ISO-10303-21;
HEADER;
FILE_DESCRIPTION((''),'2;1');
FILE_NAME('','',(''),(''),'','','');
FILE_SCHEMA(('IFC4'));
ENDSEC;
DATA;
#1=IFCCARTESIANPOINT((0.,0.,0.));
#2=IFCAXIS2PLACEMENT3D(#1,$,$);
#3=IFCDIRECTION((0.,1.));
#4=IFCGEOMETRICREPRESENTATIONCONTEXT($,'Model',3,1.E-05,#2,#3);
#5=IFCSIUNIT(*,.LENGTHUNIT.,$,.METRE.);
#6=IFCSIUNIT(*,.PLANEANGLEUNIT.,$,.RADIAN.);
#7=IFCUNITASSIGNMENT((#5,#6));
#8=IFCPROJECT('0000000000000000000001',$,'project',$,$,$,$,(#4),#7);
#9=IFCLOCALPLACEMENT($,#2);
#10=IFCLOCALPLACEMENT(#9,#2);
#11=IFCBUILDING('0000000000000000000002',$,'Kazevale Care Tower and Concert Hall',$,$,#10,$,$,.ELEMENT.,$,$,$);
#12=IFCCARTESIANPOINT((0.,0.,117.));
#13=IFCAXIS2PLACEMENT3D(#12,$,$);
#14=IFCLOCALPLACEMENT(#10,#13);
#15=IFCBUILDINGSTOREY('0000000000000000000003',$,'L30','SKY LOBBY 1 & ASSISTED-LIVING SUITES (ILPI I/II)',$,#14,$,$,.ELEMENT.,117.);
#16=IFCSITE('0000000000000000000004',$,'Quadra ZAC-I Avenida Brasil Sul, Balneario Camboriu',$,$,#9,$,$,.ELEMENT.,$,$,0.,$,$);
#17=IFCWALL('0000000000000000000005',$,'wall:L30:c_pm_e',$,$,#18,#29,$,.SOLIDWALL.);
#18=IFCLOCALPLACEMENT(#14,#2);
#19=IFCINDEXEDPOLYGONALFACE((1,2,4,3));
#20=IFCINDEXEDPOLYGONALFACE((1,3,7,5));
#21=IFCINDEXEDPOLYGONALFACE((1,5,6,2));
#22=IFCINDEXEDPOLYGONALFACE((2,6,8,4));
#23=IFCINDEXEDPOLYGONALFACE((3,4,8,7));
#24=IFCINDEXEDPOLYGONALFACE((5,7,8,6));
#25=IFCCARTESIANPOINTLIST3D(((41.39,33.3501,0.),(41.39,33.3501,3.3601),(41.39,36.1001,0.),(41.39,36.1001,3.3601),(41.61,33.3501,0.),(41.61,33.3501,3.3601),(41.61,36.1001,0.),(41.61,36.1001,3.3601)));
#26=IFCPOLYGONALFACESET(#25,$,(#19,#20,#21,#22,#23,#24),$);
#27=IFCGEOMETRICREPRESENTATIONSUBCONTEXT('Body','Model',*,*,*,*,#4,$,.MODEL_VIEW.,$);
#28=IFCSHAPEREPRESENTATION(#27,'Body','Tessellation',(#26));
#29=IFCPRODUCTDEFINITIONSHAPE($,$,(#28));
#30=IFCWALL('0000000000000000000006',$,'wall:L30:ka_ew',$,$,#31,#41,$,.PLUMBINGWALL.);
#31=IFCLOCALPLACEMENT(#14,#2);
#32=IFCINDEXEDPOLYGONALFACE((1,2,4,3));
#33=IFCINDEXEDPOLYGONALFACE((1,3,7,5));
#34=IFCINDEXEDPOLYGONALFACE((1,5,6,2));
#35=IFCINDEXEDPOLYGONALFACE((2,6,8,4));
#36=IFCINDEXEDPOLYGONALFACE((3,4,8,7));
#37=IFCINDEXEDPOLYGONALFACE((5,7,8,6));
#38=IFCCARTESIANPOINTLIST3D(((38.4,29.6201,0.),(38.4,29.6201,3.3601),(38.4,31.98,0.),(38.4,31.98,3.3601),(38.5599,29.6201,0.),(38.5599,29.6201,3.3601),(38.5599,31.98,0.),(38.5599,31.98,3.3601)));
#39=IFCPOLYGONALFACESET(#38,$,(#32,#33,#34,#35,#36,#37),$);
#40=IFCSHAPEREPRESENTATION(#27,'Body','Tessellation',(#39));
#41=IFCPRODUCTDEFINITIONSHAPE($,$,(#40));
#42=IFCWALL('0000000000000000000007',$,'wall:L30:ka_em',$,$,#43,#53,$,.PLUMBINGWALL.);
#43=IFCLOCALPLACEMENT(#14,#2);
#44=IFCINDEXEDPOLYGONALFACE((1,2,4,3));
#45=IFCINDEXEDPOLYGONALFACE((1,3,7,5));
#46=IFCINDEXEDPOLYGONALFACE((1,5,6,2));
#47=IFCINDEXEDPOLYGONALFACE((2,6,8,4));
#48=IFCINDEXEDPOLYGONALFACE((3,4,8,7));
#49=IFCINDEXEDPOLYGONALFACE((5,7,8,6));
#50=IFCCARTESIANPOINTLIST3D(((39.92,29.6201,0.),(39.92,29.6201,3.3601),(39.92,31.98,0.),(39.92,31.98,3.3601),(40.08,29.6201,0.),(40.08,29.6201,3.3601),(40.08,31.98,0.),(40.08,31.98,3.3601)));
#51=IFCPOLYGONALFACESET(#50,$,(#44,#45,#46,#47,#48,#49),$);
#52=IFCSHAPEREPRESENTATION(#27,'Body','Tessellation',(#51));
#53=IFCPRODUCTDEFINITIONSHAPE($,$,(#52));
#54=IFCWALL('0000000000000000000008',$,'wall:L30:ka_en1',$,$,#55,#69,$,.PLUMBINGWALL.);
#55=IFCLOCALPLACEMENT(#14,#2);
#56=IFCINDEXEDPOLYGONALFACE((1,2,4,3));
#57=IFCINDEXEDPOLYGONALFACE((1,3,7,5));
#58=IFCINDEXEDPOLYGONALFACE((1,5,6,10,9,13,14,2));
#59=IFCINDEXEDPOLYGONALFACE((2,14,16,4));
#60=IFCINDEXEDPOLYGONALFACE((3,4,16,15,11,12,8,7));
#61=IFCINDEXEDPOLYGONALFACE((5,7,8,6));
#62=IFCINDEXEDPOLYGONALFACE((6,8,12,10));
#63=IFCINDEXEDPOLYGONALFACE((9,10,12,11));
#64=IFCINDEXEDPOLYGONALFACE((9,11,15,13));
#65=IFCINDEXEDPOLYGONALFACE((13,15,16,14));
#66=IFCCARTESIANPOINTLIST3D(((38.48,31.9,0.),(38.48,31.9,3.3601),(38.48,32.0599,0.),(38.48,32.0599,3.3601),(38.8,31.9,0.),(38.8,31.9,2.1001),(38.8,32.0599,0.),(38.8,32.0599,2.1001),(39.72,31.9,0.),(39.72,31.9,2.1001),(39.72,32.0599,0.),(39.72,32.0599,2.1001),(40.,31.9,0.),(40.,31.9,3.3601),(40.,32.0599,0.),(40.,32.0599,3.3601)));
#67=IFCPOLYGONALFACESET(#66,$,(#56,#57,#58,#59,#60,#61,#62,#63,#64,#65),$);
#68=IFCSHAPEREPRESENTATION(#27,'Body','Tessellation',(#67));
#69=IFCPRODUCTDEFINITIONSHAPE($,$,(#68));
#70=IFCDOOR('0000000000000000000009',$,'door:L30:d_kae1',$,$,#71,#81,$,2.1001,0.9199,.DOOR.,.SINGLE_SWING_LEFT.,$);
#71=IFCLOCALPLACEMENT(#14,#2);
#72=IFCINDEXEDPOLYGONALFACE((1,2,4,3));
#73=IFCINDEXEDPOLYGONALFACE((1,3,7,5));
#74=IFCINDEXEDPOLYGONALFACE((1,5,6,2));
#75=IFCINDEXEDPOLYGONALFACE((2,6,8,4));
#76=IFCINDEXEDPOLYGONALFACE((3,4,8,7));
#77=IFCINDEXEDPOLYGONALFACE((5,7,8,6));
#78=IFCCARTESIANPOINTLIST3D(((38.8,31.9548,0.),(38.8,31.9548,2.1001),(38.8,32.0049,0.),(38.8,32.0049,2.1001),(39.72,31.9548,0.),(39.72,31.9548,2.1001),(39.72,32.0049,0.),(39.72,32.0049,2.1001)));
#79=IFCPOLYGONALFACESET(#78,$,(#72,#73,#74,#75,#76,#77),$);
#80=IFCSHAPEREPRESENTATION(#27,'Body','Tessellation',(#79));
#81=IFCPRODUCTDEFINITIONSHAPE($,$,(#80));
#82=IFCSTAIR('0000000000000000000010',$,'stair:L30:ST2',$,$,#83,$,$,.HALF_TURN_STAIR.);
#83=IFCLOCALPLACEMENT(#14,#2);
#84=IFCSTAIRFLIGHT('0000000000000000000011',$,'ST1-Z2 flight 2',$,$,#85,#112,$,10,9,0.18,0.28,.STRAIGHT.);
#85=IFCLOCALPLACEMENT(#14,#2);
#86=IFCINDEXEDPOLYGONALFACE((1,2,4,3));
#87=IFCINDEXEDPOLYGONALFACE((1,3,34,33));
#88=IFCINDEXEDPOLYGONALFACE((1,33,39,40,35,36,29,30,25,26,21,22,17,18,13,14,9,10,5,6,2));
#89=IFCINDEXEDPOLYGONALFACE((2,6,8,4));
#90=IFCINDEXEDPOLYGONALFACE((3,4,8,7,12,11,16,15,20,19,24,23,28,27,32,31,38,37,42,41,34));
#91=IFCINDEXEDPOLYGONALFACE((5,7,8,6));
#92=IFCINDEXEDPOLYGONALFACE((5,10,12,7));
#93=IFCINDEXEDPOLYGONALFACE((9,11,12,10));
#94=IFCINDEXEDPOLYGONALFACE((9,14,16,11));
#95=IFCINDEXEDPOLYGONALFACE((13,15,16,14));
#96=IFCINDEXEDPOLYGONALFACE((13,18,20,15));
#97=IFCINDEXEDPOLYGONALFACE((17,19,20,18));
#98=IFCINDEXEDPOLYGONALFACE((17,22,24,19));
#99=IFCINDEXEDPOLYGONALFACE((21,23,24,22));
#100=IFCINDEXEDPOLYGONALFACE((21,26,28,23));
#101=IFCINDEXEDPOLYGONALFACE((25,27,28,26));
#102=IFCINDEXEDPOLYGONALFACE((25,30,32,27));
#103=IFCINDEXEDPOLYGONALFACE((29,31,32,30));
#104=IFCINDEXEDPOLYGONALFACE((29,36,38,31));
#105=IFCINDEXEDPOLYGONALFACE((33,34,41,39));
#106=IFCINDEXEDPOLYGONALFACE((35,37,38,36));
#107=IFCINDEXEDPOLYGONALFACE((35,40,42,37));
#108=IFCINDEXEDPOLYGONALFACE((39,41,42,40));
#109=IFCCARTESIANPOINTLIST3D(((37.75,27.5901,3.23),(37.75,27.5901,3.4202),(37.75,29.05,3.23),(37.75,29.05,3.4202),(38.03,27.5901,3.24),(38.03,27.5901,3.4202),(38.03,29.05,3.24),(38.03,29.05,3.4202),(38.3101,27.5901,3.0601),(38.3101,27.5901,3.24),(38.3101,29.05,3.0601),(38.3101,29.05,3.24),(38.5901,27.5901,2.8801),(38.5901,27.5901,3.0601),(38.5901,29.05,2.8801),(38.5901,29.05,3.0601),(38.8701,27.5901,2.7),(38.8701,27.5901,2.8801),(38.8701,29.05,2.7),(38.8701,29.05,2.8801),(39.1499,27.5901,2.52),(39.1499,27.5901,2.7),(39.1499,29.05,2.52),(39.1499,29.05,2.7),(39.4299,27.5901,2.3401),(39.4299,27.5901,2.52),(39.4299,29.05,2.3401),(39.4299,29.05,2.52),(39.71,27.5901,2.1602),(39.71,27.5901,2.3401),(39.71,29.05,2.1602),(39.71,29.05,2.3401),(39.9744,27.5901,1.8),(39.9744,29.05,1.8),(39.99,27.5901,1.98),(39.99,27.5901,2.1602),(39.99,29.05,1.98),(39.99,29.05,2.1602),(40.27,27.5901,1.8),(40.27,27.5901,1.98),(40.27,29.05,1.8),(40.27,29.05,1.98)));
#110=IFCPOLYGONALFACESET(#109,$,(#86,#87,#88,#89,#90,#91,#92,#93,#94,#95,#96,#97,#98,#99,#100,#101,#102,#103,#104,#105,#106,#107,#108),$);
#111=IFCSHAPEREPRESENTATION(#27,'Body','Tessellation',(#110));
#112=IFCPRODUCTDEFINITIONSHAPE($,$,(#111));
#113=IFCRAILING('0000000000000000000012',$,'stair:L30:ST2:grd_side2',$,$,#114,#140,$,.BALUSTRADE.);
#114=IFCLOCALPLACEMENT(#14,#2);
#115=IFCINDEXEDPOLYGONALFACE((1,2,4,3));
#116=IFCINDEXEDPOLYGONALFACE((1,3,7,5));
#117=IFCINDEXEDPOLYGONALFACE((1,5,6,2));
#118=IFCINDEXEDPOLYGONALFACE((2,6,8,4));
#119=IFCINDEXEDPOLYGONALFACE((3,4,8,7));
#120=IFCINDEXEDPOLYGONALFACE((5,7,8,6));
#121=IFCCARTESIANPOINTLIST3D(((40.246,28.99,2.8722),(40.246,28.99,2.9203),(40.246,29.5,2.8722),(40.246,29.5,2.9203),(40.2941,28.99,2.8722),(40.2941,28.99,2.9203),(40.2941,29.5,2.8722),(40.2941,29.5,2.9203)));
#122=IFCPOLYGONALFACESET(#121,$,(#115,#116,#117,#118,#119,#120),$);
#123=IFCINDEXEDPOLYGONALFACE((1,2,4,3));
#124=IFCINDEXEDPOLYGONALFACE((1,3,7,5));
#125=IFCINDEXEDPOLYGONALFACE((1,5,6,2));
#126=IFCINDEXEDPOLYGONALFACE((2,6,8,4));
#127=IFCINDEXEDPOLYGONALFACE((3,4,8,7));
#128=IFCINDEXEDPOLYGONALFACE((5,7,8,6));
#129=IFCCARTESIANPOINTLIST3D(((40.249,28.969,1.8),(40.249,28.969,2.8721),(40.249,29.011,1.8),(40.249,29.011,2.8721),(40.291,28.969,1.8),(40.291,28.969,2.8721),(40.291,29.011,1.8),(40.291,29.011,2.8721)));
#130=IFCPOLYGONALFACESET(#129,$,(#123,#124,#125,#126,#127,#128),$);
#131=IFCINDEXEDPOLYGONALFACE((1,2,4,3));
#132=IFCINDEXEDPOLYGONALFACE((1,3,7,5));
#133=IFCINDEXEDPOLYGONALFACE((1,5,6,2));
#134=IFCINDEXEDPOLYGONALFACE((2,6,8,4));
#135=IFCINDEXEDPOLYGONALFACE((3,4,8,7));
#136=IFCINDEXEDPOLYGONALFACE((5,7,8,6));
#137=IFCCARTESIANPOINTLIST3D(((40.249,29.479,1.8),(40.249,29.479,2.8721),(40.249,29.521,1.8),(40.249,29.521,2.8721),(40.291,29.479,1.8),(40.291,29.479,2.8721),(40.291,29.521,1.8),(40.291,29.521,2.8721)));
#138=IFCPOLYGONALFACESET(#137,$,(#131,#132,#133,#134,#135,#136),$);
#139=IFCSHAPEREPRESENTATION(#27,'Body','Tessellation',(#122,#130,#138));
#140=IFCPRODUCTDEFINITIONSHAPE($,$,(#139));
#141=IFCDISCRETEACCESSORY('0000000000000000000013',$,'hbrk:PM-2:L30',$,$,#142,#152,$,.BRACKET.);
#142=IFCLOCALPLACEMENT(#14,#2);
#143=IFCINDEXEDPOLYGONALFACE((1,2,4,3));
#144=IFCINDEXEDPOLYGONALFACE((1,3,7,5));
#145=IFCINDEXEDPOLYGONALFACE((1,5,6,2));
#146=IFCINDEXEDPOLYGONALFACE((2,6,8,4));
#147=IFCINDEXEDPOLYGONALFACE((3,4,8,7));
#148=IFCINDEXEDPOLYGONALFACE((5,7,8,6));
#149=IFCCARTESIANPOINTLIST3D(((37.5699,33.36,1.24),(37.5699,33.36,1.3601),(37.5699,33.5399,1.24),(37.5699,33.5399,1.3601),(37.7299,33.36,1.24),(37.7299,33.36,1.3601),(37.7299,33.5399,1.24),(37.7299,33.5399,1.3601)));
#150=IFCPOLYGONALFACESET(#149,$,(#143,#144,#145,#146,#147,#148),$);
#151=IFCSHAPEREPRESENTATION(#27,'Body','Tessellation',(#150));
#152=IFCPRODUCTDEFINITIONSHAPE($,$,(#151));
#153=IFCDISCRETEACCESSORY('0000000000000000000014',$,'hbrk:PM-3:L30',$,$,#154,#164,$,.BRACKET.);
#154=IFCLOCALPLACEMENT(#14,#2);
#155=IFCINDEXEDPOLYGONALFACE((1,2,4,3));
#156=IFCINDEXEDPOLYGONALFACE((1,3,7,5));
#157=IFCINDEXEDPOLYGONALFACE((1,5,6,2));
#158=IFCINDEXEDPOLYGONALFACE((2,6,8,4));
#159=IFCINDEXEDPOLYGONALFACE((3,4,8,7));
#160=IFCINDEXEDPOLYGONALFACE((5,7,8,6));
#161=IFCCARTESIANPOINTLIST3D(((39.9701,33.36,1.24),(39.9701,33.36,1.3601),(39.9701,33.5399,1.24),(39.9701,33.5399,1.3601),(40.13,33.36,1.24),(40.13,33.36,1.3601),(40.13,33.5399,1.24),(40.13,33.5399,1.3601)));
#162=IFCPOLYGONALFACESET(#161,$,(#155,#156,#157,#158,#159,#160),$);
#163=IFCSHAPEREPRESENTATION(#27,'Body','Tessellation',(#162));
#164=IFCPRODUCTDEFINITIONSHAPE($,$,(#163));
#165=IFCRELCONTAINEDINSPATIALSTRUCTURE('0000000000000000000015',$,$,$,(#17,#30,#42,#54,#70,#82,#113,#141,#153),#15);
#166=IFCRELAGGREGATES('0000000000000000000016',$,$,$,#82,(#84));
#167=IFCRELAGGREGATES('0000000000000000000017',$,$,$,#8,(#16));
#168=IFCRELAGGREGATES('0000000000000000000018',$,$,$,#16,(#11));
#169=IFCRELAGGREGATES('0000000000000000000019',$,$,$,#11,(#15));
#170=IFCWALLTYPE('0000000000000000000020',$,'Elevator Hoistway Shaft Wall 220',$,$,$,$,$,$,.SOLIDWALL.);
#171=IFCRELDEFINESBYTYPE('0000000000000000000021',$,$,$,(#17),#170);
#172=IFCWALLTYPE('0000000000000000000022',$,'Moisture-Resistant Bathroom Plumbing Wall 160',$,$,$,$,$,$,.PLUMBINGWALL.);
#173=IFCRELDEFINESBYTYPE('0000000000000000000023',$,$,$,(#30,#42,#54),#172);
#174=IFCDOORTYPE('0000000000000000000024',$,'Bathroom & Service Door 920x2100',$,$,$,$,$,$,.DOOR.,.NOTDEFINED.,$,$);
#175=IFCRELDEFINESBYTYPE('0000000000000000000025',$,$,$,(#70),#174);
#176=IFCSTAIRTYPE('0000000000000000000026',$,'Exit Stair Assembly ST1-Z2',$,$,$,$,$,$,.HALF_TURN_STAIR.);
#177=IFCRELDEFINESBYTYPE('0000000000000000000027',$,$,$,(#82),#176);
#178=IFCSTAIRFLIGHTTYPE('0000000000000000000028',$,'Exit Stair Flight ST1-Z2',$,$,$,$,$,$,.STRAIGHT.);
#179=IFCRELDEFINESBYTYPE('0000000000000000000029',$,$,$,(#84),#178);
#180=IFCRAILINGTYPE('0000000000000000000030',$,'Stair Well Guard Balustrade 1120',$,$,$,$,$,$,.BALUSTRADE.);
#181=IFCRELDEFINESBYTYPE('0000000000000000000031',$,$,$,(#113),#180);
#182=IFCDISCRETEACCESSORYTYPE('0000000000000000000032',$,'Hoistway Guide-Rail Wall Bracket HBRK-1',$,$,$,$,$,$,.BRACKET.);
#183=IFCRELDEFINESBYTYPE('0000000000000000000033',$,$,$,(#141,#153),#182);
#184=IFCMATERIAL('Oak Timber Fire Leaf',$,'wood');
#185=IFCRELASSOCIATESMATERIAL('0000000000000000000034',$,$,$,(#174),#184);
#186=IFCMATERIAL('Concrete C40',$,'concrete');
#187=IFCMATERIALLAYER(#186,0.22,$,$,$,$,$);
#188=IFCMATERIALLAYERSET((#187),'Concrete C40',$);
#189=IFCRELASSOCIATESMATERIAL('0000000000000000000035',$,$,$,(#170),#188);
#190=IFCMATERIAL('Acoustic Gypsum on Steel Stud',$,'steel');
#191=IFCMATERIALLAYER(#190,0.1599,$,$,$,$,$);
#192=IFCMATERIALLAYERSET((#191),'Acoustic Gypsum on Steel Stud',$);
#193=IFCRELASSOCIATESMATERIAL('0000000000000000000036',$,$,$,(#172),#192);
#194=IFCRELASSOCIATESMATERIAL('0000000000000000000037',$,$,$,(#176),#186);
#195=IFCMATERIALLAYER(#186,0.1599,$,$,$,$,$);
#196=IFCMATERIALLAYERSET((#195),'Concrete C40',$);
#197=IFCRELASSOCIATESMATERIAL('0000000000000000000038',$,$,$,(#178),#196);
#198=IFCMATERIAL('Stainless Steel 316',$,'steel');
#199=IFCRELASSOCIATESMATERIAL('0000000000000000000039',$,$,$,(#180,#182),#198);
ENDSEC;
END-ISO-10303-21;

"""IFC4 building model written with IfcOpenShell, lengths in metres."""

from ifc_helpers import new_model, si_unit, direction, frame, frame_2d, origin, origin_2d, place, context, subcontext, project, spatial, polyline, rectangle, outline, extrude, material, layer, layer_set, type_object, element, fill, aggregate, save


model = new_model("IFC4")

# Units and contexts
model_context = context("Model", 3, precision=1e-05, world=origin(), true_north=direction((0.0, 1.0)))
body_context = subcontext(model_context, "Body", "Model", "MODEL_VIEW")
ifc_project = project(units=[si_unit("LENGTHUNIT", "METRE"), si_unit("PLANEANGLEUNIT", "RADIAN")], contexts=[model_context])

# Site, building, storey
site_placement = place(None, origin())
site = spatial("IfcSite", under=ifc_project, at=site_placement, Name="Quadra ZAC-I Avenida Brasil Sul, Balneario Camboriu", CompositionType="ELEMENT", RefElevation=0.0)
building_placement = place(site_placement, origin())
building = spatial("IfcBuilding", under=site, at=building_placement, Name="Kazevale Care Tower and Concert Hall", CompositionType="ELEMENT")
storey_placement = place(building_placement, frame((0.0, 0.0, 117.0)))
storey = spatial("IfcBuildingStorey", under=building, at=storey_placement, Name="L30", Description="SKY LOBBY 1 & ASSISTED-LIVING SUITES (ILPI I/II)", CompositionType="ELEMENT", Elevation=117.0)

# Shared definitions
ifc_material_1 = material(Name="Acoustic Gypsum on Steel Stud", Category="steel")

# Shared definitions
ifc_material_2 = material(Name="Oak Timber Fire Leaf", Category="wood")
door_type = type_object("IfcDoorType", Name="Bathroom & Service Door 920x2100", OperationType="NOTDEFINED", PredefinedType="DOOR", material=ifc_material_2)

# Walls
ifc_material_3 = material(Name="Concrete C40", Category="concrete")
ifc_layer_1 = layer(ifc_material_3, 0.22)
ifc_layer_set_1 = layer_set([ifc_layer_1], Name="Concrete C40")
wall_type_1 = type_object("IfcWallType", Name="Elevator Hoistway Shaft Wall 220", PredefinedType="SOLIDWALL", material=ifc_layer_set_1)
wall_1_placement = place(storey_placement, frame((41.5, 33.3501, 0.0), z_axis=(0.0, 0.0, 1.0), x_axis=(0.0, 1.0, 0.0)))
element("IfcWall", 1, at=wall_1_placement, inside=storey, type_object=wall_type_1, Name="wall:L30:c_pm_e", PredefinedType="SOLIDWALL", context=body_context, shape_type="SweptSolid", body=[
    extrude(rectangle(XDim=2.75, YDim=0.22, at=frame_2d((1.375, 0.0))), origin(), (0.0, 0.0, 1.0), 3.3601),
])
ifc_layer_2 = layer(ifc_material_1, 0.1599)
ifc_layer_set_2 = layer_set([ifc_layer_2], Name="Acoustic Gypsum on Steel Stud")
wall_type_2 = type_object("IfcWallType", Name="Moisture-Resistant Bathroom Plumbing Wall 160", PredefinedType="PLUMBINGWALL", material=ifc_layer_set_2)
for number, where, z_axis, x_axis, name in (
    (2, (38.48, 29.6201, 0.0), (0.0, 0.0, 1.0), (0.0, 1.0, 0.0), "wall:L30:ka_ew"),
    (3, (40.0, 29.6201, 0.0), (0.0, 0.0, 1.0), (0.0, 1.0, 0.0), "wall:L30:ka_em"),
):
    element("IfcWall", number, at=place(storey_placement, frame(where, z_axis=z_axis, x_axis=x_axis)), inside=storey, type_object=wall_type_2, Name=name, PredefinedType="PLUMBINGWALL", context=body_context, shape_type="SweptSolid", body=[
        extrude(rectangle(XDim=2.3599, YDim=0.1599, at=frame_2d((1.1799, 0.0))), origin(), (0.0, 0.0, 1.0), 3.3601),
    ])

# Wall, opening, door
wall_2_placement = place(storey_placement, frame((38.48, 31.98, 0.0), z_axis=(0.0, 0.0, 1.0), x_axis=(1.0, 0.0, 0.0)))
wall_2 = element("IfcWall", 4, at=wall_2_placement, inside=storey, type_object=wall_type_2, Name="wall:L30:ka_en1", PredefinedType="PLUMBINGWALL", context=body_context, shape_type="SweptSolid", body=[
    extrude(rectangle(XDim=1.52, YDim=0.1599, at=frame_2d((0.76, 0.0))), origin(), (0.0, 0.0, 1.0), 3.3601),
])
opening_1_placement = place(wall_2_placement, frame((0.3201, 0.0, 0.0)))
opening_1 = element("IfcOpeningElement", 5, at=opening_1_placement, cuts=wall_2, PredefinedType="OPENING", context=body_context, shape_type="SweptSolid", body=[
    extrude(rectangle(XDim=0.9199, YDim=2.1001, at=frame_2d((0.46, 1.05))), frame((0.0, 0.0898, 0.0), z_axis=(0.0, -1.0, 0.0), x_axis=(1.0, 0.0, 0.0)), (0.0, 0.0, 1.0), 0.1799),
])
door_1_placement = place(opening_1_placement, origin())
door_1 = element("IfcDoor", 6, at=door_1_placement, inside=storey, type_object=door_type, Name="door:L30:d_kae1", OperationType="SINGLE_SWING_LEFT", OverallHeight=2.1001, OverallWidth=0.9199, PredefinedType="DOOR", context=body_context, shape_type="SweptSolid", body=[
    extrude(rectangle(XDim=0.9199, YDim=2.1001, at=frame_2d((0.46, 1.05))), frame((0.0, 0.0249, 0.0), z_axis=(0.0, -1.0, 0.0), x_axis=(1.0, 0.0, 0.0)), (0.0, 0.0, 1.0), 0.05),
])
fill(opening_1, door_1)

# Stair, stair flight
stair_type = type_object("IfcStairType", Name="Exit Stair Assembly ST1-Z2", PredefinedType="HALF_TURN_STAIR", material=ifc_material_3)
stair_placement = place(storey_placement, origin())
stair = element("IfcStair", 7, at=stair_placement, inside=storey, type_object=stair_type, Name="stair:L30:ST2", PredefinedType="HALF_TURN_STAIR")
ifc_layer_3 = layer(ifc_material_3, 0.1599)
ifc_layer_set_3 = layer_set([ifc_layer_3], Name="Concrete C40")
stair_flight_type = type_object("IfcStairFlightType", Name="Exit Stair Flight ST1-Z2", PredefinedType="STRAIGHT", material=ifc_layer_set_3)
stair_flight_placement = place(storey_placement, frame((40.27, 28.3201, 1.8), z_axis=(0.0, 0.0, 1.0), x_axis=(-1.0, 0.0, 0.0)))
stair_flight = element("IfcStairFlight", 8, at=stair_flight_placement, type_object=stair_flight_type, Name="ST1-Z2 flight 2", NumberOfRisers=10, NumberOfTreads=9, PredefinedType="STRAIGHT", RiserHeight=0.18, TreadLength=0.28, context=body_context, shape_type="SweptSolid", body=[
    extrude(outline(polyline([(0.0, 0.0), (0.0, 0.1799), (0.28, 0.1799), (0.28, 0.3601), (0.5601, 0.3601), (0.5601, 0.54), (0.8401, 0.54), (0.8401, 0.72), (1.1201, 0.72), (1.1201, 0.8999), (1.3999, 0.8999), (1.3999, 1.0801), (1.6799, 1.0801), (1.6799, 1.26), (1.96, 1.26), (1.96, 1.4399), (2.24, 1.4399), (2.24, 1.6201), (2.52, 1.6201), (2.52, 1.8), (2.52, 1.4299), (0.2957, 0.0), (0.0, 0.0)])), frame((0.0, 0.73, 0.0), z_axis=(0.0, -1.0, 0.0), x_axis=(1.0, 0.0, 0.0)), (0.0, 0.0, 1.0), 1.46),
])
aggregate(stair, [stair_flight])

# Railing
ifc_material_4 = material(Name="Stainless Steel 316", Category="steel")
railing_type = type_object("IfcRailingType", Name="Stair Well Guard Balustrade 1120", PredefinedType="BALUSTRADE", material=ifc_material_4)
railing_placement = place(storey_placement, frame((40.27, 28.99, 1.8)))
element("IfcRailing", 9, at=railing_placement, inside=storey, type_object=railing_type, Name="stair:L30:ST2:grd_side2", PredefinedType="BALUSTRADE", context=body_context, shape_type="SweptSolid", body=[
    extrude(rectangle(XDim=0.0481, YDim=0.0481, at=origin_2d()), frame((0.0, 0.0, 1.0962), z_axis=(0.0, 1.0, 0.0), x_axis=(-1.0, 0.0, 0.0)), (0.0, 0.0, 1.0), 0.51),
    extrude(rectangle(XDim=0.042, YDim=0.042, at=origin_2d()), origin(), (0.0, 0.0, 1.0), 1.072),
    extrude(rectangle(XDim=0.042, YDim=0.042, at=origin_2d()), frame((0.0, 0.51, 0.0)), (0.0, 0.0, 1.0), 1.072),
])

# Discrete accessories
discrete_accessory_type = type_object("IfcDiscreteAccessoryType", Name="Hoistway Guide-Rail Wall Bracket HBRK-1", PredefinedType="BRACKET", material=ifc_material_4)
for number, where, z_axis, x_axis, name in (
    (10, (37.6499, 33.45, 1.24), (0.0, 0.0, 1.0), (1.0, 0.0, 0.0), "hbrk:PM-2:L30"),
    (11, (40.05, 33.45, 1.24), (0.0, 0.0, 1.0), (1.0, 0.0, 0.0), "hbrk:PM-3:L30"),
):
    element("IfcDiscreteAccessory", number, at=place(storey_placement, frame(where, z_axis=z_axis, x_axis=x_axis)), inside=storey, type_object=discrete_accessory_type, Name=name, PredefinedType="BRACKET", context=body_context, shape_type="SweptSolid", body=[
        extrude(rectangle(XDim=0.1599, YDim=0.1799, at=origin_2d()), origin(), (0.0, 0.0, 1.0), 0.1201),
    ])

save(model, "model.ifc")
